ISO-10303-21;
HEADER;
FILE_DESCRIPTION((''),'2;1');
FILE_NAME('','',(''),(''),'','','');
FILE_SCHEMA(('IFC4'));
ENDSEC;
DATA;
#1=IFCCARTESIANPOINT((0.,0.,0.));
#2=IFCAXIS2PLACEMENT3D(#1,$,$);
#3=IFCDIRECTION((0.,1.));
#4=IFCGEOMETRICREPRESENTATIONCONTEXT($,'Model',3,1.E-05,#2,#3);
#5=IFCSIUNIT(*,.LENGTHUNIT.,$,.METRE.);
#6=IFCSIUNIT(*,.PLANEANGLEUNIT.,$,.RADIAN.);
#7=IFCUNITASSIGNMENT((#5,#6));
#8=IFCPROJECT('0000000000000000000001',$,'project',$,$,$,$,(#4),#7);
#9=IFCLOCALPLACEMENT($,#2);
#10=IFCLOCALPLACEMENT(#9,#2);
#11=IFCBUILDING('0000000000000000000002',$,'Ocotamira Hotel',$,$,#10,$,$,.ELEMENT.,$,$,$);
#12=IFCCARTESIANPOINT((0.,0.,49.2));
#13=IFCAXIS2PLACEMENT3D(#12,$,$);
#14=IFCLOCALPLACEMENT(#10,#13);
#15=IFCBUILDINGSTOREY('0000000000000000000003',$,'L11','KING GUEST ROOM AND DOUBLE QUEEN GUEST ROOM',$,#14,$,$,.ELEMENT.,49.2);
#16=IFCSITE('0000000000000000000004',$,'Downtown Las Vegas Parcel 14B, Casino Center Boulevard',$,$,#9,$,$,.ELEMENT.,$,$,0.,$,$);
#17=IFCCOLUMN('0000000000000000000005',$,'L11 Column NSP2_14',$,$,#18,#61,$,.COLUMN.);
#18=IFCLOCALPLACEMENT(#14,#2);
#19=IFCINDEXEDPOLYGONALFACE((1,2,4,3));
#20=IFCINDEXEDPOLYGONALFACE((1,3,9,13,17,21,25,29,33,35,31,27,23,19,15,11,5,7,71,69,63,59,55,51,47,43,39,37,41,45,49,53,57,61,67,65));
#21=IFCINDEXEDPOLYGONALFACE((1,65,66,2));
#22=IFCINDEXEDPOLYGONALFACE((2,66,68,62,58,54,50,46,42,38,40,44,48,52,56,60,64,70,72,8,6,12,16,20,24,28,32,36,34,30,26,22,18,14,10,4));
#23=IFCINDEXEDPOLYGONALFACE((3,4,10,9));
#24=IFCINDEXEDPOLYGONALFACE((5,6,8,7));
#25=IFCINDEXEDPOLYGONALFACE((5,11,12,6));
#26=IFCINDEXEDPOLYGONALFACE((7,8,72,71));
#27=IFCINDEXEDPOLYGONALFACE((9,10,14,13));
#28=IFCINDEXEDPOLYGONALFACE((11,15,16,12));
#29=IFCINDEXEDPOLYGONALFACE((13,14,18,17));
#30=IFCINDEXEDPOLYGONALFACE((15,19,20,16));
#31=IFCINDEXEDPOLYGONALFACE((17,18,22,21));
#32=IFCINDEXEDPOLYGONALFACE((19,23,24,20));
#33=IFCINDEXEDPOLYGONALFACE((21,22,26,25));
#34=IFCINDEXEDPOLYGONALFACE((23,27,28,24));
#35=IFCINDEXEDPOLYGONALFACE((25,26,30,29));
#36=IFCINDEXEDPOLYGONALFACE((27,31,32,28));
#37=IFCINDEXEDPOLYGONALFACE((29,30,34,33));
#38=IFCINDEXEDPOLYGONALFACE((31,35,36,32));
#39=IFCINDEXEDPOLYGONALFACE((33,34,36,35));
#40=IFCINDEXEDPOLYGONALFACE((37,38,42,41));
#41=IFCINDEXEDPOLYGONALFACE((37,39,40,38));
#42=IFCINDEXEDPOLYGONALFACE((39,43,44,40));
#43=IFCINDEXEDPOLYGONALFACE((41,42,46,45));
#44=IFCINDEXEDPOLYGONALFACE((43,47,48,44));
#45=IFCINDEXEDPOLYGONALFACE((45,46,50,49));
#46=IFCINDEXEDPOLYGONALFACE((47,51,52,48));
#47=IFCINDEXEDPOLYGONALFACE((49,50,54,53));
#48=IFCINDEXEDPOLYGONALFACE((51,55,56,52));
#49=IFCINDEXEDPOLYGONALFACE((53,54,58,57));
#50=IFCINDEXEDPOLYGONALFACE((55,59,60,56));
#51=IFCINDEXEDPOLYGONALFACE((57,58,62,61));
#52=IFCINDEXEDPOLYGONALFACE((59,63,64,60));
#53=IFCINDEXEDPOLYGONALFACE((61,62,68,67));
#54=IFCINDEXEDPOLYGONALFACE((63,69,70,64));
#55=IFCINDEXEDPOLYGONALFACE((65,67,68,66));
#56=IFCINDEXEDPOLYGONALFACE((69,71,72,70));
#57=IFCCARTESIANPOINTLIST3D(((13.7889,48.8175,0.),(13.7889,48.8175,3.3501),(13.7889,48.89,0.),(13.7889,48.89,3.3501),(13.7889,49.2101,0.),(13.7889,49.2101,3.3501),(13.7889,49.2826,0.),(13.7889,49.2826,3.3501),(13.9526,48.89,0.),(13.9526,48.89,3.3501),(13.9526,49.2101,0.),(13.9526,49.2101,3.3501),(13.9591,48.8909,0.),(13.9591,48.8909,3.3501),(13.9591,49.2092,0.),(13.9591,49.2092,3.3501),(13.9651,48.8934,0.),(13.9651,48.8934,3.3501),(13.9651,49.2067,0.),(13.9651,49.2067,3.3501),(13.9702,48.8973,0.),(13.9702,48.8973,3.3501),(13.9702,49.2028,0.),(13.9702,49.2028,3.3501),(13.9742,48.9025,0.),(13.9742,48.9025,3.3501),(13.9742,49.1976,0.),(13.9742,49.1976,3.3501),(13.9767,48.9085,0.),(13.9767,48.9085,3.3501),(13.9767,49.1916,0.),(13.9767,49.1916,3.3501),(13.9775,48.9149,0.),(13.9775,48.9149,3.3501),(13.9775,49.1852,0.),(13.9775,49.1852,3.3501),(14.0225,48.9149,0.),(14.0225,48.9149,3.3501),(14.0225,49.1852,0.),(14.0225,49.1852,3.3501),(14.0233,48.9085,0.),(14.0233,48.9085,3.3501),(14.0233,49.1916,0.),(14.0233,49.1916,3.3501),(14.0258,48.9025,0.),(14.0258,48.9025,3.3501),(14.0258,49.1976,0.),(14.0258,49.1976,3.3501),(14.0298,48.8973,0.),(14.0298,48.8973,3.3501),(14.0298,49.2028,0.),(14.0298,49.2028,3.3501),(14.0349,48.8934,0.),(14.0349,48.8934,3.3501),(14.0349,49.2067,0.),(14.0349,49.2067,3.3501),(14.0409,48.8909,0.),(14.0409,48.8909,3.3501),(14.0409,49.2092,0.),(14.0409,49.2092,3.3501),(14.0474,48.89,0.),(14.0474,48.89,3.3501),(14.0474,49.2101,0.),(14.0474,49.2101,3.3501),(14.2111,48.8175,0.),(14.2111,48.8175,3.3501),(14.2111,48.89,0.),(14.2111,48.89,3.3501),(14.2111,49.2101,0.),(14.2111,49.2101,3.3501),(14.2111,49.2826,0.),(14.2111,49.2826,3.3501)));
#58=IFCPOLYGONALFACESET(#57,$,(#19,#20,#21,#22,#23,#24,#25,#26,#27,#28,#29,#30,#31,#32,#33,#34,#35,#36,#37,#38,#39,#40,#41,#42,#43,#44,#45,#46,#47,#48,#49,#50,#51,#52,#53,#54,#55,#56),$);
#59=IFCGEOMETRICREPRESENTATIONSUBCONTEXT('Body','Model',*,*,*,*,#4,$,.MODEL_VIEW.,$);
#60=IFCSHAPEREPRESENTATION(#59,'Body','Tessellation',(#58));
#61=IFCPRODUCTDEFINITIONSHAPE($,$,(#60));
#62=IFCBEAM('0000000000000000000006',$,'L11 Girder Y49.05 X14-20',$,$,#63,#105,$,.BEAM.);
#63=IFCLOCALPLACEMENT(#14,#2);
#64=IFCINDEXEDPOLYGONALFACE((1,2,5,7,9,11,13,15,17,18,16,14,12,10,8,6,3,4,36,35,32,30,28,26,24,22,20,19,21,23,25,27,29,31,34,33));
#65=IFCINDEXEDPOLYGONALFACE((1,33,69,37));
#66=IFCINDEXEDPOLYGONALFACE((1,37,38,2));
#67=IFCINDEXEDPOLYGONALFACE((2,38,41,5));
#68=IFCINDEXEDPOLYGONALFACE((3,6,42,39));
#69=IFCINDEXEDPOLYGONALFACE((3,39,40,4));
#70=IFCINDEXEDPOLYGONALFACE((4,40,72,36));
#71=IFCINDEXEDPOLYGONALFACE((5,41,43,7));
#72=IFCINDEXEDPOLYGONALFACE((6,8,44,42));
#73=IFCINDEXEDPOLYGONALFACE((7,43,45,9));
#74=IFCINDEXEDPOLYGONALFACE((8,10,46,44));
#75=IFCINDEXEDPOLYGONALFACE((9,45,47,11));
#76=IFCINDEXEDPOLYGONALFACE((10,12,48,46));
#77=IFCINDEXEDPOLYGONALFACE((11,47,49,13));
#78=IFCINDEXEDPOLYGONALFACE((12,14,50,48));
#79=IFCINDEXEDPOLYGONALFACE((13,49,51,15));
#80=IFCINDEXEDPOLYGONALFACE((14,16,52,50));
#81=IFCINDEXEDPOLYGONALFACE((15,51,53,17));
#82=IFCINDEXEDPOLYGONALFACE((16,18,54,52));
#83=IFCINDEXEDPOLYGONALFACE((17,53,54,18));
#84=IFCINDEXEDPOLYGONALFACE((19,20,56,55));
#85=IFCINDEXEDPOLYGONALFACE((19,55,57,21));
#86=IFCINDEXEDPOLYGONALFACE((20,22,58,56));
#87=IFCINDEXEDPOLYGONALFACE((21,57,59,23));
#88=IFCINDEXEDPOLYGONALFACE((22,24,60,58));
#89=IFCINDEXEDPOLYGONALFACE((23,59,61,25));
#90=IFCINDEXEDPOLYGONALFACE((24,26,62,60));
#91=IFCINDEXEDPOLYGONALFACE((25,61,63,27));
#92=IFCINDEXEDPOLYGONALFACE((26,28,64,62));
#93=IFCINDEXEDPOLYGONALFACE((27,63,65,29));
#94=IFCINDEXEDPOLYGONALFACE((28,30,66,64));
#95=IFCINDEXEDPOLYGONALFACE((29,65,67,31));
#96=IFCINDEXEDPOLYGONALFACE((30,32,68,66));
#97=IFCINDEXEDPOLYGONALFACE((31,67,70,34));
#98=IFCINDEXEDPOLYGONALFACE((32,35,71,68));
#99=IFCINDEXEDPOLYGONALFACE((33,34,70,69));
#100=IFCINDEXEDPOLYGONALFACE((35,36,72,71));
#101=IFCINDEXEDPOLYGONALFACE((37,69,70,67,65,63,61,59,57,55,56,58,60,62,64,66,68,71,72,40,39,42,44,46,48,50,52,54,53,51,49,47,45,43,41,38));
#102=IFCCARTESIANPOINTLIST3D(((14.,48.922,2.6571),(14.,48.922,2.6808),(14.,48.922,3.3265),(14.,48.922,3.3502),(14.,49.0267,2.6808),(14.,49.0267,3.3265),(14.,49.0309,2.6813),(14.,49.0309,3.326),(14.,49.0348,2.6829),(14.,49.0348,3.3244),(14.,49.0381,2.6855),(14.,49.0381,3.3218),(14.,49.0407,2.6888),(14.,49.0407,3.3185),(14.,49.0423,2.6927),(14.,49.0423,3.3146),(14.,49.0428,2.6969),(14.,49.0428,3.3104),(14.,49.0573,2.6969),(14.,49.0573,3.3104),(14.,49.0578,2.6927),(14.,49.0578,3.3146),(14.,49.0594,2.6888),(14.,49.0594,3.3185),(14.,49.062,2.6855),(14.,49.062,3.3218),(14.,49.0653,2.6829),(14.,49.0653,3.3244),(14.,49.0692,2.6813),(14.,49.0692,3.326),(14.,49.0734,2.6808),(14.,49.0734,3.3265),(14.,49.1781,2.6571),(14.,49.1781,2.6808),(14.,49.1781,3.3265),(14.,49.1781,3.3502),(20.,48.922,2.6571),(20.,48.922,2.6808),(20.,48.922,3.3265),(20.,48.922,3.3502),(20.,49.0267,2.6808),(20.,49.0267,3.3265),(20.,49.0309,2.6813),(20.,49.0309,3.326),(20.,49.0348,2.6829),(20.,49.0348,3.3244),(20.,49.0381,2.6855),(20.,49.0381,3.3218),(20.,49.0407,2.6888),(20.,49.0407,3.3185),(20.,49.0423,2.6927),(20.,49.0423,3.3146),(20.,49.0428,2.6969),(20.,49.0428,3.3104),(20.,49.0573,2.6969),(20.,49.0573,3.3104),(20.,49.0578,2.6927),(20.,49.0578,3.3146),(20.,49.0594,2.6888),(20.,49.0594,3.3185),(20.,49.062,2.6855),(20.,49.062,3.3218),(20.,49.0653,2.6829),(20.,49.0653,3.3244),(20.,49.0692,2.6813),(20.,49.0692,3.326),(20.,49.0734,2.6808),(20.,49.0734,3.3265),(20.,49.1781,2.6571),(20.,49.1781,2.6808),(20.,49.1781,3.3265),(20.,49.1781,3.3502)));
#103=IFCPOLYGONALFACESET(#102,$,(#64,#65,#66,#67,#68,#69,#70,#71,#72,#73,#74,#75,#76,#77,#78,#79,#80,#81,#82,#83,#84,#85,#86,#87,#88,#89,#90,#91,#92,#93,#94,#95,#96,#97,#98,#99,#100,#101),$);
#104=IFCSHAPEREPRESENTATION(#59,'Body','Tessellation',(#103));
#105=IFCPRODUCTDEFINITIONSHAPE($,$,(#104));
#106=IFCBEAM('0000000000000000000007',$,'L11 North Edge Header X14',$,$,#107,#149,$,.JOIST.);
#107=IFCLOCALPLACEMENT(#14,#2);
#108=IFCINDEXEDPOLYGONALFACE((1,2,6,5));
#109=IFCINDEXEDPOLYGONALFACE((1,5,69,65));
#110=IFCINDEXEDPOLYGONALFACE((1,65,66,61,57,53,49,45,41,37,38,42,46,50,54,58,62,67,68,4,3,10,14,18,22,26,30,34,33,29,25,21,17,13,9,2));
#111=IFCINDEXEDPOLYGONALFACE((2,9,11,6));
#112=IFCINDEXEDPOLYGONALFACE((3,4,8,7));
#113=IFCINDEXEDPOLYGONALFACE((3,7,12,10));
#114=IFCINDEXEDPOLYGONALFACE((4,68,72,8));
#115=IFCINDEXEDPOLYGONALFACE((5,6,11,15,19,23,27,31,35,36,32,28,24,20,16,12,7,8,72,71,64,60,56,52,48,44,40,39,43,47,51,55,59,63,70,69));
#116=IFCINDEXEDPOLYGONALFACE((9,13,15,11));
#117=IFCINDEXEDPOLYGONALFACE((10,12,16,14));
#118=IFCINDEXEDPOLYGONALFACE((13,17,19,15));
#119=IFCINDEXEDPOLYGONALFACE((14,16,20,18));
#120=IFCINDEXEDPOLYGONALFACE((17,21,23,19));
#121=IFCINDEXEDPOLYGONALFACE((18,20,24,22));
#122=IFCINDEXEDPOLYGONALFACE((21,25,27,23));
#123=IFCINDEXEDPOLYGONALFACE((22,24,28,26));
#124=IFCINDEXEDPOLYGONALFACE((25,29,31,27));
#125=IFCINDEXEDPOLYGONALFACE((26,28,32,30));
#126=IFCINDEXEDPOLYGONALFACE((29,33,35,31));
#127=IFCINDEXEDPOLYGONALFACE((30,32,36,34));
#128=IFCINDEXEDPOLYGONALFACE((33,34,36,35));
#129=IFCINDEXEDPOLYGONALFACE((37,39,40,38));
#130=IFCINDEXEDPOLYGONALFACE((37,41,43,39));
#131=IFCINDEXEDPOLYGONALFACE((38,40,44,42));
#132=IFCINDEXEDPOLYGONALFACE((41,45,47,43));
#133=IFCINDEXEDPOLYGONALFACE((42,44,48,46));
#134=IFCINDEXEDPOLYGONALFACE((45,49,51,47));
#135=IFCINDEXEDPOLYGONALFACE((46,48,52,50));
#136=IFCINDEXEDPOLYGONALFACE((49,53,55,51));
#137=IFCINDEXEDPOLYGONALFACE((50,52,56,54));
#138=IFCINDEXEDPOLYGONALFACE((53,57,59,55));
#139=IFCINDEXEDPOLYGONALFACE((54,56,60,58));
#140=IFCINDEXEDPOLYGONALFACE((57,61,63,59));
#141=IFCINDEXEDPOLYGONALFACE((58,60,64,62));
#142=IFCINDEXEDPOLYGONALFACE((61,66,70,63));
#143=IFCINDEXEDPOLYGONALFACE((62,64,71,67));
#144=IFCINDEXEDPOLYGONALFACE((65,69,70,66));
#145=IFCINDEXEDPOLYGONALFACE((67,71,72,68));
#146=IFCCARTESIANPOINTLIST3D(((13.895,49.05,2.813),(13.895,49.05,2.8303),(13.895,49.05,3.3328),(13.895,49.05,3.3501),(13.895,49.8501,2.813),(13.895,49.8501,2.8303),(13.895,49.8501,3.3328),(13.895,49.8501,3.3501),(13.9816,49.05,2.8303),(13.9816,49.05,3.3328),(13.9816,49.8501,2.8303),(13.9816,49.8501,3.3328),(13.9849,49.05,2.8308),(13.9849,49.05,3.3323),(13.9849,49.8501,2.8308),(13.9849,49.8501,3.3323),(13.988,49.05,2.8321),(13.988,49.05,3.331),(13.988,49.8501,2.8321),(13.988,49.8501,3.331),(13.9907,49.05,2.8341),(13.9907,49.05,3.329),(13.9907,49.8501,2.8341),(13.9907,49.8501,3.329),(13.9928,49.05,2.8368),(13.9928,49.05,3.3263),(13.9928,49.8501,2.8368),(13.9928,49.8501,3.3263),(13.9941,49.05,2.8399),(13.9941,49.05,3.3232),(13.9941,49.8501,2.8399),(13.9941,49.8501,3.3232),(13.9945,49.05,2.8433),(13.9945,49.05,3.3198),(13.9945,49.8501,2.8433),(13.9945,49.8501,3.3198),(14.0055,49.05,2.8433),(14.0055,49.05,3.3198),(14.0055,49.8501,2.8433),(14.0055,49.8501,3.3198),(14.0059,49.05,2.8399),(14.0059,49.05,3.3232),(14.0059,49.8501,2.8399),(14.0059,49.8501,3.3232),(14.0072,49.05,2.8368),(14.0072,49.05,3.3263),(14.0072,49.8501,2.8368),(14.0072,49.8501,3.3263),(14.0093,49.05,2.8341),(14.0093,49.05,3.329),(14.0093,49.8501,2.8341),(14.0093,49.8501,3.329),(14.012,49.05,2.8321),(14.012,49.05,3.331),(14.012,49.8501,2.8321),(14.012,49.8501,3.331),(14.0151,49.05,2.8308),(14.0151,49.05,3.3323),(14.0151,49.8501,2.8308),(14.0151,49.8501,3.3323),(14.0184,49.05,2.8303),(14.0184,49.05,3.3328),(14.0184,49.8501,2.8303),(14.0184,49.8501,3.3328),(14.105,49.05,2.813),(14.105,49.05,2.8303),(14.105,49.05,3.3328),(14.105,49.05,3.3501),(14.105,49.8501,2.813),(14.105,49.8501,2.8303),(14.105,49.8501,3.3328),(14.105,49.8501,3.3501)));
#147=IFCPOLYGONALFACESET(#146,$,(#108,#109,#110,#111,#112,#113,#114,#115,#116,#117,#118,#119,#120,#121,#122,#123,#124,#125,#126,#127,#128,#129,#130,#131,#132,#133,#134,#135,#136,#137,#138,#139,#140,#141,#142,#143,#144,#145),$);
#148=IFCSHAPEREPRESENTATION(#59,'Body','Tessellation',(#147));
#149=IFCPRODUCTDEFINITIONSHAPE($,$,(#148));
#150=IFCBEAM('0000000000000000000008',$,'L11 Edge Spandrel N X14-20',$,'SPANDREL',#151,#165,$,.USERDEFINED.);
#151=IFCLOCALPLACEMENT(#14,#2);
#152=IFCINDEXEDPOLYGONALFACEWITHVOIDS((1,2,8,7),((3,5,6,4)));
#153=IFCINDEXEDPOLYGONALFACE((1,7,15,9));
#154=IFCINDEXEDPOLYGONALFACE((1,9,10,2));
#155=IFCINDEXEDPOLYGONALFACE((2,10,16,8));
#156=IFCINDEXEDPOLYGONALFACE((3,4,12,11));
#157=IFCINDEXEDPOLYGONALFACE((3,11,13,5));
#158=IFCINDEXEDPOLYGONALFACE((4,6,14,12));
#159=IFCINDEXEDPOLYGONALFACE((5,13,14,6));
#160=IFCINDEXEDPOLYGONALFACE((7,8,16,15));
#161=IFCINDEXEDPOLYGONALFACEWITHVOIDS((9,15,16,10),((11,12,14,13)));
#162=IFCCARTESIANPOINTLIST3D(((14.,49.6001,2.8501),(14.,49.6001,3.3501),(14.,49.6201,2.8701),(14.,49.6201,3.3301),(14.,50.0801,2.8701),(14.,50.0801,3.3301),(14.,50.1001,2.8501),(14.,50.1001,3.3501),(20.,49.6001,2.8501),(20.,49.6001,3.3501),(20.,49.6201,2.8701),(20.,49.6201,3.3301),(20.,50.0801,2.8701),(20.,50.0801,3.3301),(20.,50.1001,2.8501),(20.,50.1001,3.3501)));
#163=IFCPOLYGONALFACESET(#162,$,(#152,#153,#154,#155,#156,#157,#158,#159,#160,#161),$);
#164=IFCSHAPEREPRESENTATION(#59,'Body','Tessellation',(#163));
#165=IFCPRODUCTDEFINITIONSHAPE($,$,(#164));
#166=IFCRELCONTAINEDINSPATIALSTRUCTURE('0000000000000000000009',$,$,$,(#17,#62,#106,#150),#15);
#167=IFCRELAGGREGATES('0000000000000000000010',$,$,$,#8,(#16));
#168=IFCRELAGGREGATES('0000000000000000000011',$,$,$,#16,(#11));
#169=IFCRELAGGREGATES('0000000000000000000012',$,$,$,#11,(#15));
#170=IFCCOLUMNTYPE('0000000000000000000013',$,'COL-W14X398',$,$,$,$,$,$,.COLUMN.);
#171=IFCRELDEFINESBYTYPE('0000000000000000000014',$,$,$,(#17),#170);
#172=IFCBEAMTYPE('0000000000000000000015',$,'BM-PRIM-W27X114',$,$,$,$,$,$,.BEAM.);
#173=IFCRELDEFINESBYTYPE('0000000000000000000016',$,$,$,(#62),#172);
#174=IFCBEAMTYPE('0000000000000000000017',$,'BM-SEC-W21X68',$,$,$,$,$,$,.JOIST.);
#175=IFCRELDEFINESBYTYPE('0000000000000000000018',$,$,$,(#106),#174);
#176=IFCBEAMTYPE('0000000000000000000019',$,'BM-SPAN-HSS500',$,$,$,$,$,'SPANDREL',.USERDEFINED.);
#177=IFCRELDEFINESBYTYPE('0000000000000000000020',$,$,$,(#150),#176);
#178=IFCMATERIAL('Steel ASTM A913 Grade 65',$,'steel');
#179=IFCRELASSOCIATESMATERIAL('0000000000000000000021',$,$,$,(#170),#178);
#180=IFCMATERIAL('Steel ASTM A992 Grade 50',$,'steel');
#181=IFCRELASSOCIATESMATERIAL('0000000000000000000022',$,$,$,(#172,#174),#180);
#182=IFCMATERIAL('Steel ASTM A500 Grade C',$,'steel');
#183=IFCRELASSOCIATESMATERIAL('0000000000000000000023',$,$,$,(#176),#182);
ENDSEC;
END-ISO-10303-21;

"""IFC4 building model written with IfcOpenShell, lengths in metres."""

from ifc_helpers import new_model, si_unit, direction, frame, origin, origin_2d, place, context, subcontext, project, spatial, hollow_rectangle, i_section, extrude, source, transform, mapped, material, material_profile, profile_set, type_object, element, save


model = new_model("IFC4")

# Units and contexts
model_context = context("Model", 3, precision=1e-05, world=origin(), true_north=direction((0.0, 1.0)))
body_context = subcontext(model_context, "Body", "Model", "MODEL_VIEW")
ifc_project = project(units=[si_unit("LENGTHUNIT", "METRE"), si_unit("PLANEANGLEUNIT", "RADIAN")], contexts=[model_context])

# Site, building, storey
site_placement = place(None, origin())
site = spatial("IfcSite", under=ifc_project, at=site_placement, Name="Downtown Las Vegas Parcel 14B, Casino Center Boulevard", CompositionType="ELEMENT", RefElevation=0.0)
building_placement = place(site_placement, origin())
building = spatial("IfcBuilding", under=site, at=building_placement, Name="Ocotamira Hotel", CompositionType="ELEMENT")
storey_placement = place(building_placement, frame((0.0, 0.0, 49.2)))
storey = spatial("IfcBuildingStorey", under=building, at=storey_placement, Name="L11", Description="KING GUEST ROOM AND DOUBLE QUEEN GUEST ROOM", CompositionType="ELEMENT", Elevation=49.2)

# Column
ifc_material_1 = material(Name="Steel ASTM A913 Grade 65", Category="steel")
ifc_material_profile_1 = material_profile(ifc_material_1, i_section(OverallWidth=0.4221, OverallDepth=0.4651, WebThickness=0.0449, FlangeThickness=0.0725, FilletRadius=0.0249, at=origin_2d()), Name="W14X398")
ifc_profile_set_1 = profile_set([ifc_material_profile_1], Name="Steel ASTM A913 Grade 65")
column_type = type_object("IfcColumnType", Name="COL-W14X398", PredefinedType="COLUMN", material=ifc_profile_set_1)
shared_shape_1 = source(origin(), body_context, "Body", "SweptSolid", [
    extrude(i_section(OverallWidth=0.4221, OverallDepth=0.4651, WebThickness=0.0449, FlangeThickness=0.0725, FilletRadius=0.0249, at=origin_2d()), origin(), (0.0, 0.0, 1.0), 3.3501),
])
column_placement = place(storey_placement, frame((14.0, 49.05, 0.0), z_axis=(0.0, 0.0, 1.0), x_axis=(1.0, 0.0, 0.0)))
element("IfcColumn", 1, at=column_placement, inside=storey, type_object=column_type, Name="L11 Column NSP2_14", PredefinedType="COLUMN", context=body_context, shape_type="MappedRepresentation", body=[
    mapped(shared_shape_1, transform((0.0, 0.0, 0.0), scale=1.0)),
])

# Beams
ifc_material_2 = material(Name="Steel ASTM A992 Grade 50", Category="steel")
ifc_material_profile_2 = material_profile(ifc_material_2, i_section(OverallWidth=0.2561, OverallDepth=0.6931, WebThickness=0.0144, FlangeThickness=0.0237, FilletRadius=0.0161, at=origin_2d()), Name="W27X114")
ifc_profile_set_2 = profile_set([ifc_material_profile_2], Name="Steel ASTM A992 Grade 50")
beam_type_1 = type_object("IfcBeamType", Name="BM-PRIM-W27X114", PredefinedType="BEAM", material=ifc_profile_set_2)
shared_shape_2 = source(origin(), body_context, "Body", "SweptSolid", [
    extrude(i_section(OverallWidth=0.2561, OverallDepth=0.6931, WebThickness=0.0144, FlangeThickness=0.0237, FilletRadius=0.0161, at=origin_2d()), origin(), (0.0, 0.0, 1.0), 6.0),
])
beam_1_placement = place(storey_placement, frame((14.0, 49.05, 3.0037), z_axis=(1.0, 0.0, 0.0), x_axis=(0.0, 1.0, 0.0)))
element("IfcBeam", 2, at=beam_1_placement, inside=storey, type_object=beam_type_1, Name="L11 Girder Y49.05 X14-20", PredefinedType="BEAM", context=body_context, shape_type="MappedRepresentation", body=[
    mapped(shared_shape_2, transform((0.0, 0.0, 0.0), scale=1.0)),
])
ifc_material_profile_3 = material_profile(ifc_material_2, i_section(OverallWidth=0.21, OverallDepth=0.5371, WebThickness=0.011, FlangeThickness=0.0173, FilletRadius=0.0129, at=origin_2d()), Name="W21X68")
ifc_profile_set_3 = profile_set([ifc_material_profile_3], Name="Steel ASTM A992 Grade 50")
beam_type_2 = type_object("IfcBeamType", Name="BM-SEC-W21X68", PredefinedType="JOIST", material=ifc_profile_set_3)
shared_shape_3 = source(origin(), body_context, "Body", "SweptSolid", [
    extrude(i_section(OverallWidth=0.21, OverallDepth=0.5371, WebThickness=0.011, FlangeThickness=0.0173, FilletRadius=0.0129, at=origin_2d()), origin(), (0.0, 0.0, 1.0), 0.8),
])
beam_2_placement = place(storey_placement, frame((14.0, 49.05, 3.0815), z_axis=(0.0, 1.0, 0.0), x_axis=(-1.0, 0.0, 0.0)))
element("IfcBeam", 3, at=beam_2_placement, inside=storey, type_object=beam_type_2, Name="L11 North Edge Header X14", PredefinedType="JOIST", context=body_context, shape_type="MappedRepresentation", body=[
    mapped(shared_shape_3, transform((0.0, 0.0, 0.0), scale=1.0)),
])
ifc_material_3 = material(Name="Steel ASTM A500 Grade C", Category="steel")
ifc_material_profile_4 = material_profile(ifc_material_3, hollow_rectangle(XDim=0.5, YDim=0.5, WallThickness=0.02, at=origin_2d()), Name="HSS500X500X20")
ifc_profile_set_4 = profile_set([ifc_material_profile_4], Name="Steel ASTM A500 Grade C")
beam_type_3 = type_object("IfcBeamType", Name="BM-SPAN-HSS500", ElementType="SPANDREL", PredefinedType="USERDEFINED", material=ifc_profile_set_4)
shared_shape_4 = source(origin(), body_context, "Body", "SweptSolid", [
    extrude(hollow_rectangle(XDim=0.5, YDim=0.5, WallThickness=0.02, at=origin_2d()), origin(), (0.0, 0.0, 1.0), 6.0),
])
beam_3_placement = place(storey_placement, frame((14.0, 49.8501, 3.1001), z_axis=(1.0, 0.0, 0.0), x_axis=(0.0, 1.0, 0.0)))
element("IfcBeam", 4, at=beam_3_placement, inside=storey, type_object=beam_type_3, Name="L11 Edge Spandrel N X14-20", ObjectType="SPANDREL", PredefinedType="USERDEFINED", context=body_context, shape_type="MappedRepresentation", body=[
    mapped(shared_shape_4, transform((0.0, 0.0, 0.0), scale=1.0)),
])

save(model, "model.ifc")
